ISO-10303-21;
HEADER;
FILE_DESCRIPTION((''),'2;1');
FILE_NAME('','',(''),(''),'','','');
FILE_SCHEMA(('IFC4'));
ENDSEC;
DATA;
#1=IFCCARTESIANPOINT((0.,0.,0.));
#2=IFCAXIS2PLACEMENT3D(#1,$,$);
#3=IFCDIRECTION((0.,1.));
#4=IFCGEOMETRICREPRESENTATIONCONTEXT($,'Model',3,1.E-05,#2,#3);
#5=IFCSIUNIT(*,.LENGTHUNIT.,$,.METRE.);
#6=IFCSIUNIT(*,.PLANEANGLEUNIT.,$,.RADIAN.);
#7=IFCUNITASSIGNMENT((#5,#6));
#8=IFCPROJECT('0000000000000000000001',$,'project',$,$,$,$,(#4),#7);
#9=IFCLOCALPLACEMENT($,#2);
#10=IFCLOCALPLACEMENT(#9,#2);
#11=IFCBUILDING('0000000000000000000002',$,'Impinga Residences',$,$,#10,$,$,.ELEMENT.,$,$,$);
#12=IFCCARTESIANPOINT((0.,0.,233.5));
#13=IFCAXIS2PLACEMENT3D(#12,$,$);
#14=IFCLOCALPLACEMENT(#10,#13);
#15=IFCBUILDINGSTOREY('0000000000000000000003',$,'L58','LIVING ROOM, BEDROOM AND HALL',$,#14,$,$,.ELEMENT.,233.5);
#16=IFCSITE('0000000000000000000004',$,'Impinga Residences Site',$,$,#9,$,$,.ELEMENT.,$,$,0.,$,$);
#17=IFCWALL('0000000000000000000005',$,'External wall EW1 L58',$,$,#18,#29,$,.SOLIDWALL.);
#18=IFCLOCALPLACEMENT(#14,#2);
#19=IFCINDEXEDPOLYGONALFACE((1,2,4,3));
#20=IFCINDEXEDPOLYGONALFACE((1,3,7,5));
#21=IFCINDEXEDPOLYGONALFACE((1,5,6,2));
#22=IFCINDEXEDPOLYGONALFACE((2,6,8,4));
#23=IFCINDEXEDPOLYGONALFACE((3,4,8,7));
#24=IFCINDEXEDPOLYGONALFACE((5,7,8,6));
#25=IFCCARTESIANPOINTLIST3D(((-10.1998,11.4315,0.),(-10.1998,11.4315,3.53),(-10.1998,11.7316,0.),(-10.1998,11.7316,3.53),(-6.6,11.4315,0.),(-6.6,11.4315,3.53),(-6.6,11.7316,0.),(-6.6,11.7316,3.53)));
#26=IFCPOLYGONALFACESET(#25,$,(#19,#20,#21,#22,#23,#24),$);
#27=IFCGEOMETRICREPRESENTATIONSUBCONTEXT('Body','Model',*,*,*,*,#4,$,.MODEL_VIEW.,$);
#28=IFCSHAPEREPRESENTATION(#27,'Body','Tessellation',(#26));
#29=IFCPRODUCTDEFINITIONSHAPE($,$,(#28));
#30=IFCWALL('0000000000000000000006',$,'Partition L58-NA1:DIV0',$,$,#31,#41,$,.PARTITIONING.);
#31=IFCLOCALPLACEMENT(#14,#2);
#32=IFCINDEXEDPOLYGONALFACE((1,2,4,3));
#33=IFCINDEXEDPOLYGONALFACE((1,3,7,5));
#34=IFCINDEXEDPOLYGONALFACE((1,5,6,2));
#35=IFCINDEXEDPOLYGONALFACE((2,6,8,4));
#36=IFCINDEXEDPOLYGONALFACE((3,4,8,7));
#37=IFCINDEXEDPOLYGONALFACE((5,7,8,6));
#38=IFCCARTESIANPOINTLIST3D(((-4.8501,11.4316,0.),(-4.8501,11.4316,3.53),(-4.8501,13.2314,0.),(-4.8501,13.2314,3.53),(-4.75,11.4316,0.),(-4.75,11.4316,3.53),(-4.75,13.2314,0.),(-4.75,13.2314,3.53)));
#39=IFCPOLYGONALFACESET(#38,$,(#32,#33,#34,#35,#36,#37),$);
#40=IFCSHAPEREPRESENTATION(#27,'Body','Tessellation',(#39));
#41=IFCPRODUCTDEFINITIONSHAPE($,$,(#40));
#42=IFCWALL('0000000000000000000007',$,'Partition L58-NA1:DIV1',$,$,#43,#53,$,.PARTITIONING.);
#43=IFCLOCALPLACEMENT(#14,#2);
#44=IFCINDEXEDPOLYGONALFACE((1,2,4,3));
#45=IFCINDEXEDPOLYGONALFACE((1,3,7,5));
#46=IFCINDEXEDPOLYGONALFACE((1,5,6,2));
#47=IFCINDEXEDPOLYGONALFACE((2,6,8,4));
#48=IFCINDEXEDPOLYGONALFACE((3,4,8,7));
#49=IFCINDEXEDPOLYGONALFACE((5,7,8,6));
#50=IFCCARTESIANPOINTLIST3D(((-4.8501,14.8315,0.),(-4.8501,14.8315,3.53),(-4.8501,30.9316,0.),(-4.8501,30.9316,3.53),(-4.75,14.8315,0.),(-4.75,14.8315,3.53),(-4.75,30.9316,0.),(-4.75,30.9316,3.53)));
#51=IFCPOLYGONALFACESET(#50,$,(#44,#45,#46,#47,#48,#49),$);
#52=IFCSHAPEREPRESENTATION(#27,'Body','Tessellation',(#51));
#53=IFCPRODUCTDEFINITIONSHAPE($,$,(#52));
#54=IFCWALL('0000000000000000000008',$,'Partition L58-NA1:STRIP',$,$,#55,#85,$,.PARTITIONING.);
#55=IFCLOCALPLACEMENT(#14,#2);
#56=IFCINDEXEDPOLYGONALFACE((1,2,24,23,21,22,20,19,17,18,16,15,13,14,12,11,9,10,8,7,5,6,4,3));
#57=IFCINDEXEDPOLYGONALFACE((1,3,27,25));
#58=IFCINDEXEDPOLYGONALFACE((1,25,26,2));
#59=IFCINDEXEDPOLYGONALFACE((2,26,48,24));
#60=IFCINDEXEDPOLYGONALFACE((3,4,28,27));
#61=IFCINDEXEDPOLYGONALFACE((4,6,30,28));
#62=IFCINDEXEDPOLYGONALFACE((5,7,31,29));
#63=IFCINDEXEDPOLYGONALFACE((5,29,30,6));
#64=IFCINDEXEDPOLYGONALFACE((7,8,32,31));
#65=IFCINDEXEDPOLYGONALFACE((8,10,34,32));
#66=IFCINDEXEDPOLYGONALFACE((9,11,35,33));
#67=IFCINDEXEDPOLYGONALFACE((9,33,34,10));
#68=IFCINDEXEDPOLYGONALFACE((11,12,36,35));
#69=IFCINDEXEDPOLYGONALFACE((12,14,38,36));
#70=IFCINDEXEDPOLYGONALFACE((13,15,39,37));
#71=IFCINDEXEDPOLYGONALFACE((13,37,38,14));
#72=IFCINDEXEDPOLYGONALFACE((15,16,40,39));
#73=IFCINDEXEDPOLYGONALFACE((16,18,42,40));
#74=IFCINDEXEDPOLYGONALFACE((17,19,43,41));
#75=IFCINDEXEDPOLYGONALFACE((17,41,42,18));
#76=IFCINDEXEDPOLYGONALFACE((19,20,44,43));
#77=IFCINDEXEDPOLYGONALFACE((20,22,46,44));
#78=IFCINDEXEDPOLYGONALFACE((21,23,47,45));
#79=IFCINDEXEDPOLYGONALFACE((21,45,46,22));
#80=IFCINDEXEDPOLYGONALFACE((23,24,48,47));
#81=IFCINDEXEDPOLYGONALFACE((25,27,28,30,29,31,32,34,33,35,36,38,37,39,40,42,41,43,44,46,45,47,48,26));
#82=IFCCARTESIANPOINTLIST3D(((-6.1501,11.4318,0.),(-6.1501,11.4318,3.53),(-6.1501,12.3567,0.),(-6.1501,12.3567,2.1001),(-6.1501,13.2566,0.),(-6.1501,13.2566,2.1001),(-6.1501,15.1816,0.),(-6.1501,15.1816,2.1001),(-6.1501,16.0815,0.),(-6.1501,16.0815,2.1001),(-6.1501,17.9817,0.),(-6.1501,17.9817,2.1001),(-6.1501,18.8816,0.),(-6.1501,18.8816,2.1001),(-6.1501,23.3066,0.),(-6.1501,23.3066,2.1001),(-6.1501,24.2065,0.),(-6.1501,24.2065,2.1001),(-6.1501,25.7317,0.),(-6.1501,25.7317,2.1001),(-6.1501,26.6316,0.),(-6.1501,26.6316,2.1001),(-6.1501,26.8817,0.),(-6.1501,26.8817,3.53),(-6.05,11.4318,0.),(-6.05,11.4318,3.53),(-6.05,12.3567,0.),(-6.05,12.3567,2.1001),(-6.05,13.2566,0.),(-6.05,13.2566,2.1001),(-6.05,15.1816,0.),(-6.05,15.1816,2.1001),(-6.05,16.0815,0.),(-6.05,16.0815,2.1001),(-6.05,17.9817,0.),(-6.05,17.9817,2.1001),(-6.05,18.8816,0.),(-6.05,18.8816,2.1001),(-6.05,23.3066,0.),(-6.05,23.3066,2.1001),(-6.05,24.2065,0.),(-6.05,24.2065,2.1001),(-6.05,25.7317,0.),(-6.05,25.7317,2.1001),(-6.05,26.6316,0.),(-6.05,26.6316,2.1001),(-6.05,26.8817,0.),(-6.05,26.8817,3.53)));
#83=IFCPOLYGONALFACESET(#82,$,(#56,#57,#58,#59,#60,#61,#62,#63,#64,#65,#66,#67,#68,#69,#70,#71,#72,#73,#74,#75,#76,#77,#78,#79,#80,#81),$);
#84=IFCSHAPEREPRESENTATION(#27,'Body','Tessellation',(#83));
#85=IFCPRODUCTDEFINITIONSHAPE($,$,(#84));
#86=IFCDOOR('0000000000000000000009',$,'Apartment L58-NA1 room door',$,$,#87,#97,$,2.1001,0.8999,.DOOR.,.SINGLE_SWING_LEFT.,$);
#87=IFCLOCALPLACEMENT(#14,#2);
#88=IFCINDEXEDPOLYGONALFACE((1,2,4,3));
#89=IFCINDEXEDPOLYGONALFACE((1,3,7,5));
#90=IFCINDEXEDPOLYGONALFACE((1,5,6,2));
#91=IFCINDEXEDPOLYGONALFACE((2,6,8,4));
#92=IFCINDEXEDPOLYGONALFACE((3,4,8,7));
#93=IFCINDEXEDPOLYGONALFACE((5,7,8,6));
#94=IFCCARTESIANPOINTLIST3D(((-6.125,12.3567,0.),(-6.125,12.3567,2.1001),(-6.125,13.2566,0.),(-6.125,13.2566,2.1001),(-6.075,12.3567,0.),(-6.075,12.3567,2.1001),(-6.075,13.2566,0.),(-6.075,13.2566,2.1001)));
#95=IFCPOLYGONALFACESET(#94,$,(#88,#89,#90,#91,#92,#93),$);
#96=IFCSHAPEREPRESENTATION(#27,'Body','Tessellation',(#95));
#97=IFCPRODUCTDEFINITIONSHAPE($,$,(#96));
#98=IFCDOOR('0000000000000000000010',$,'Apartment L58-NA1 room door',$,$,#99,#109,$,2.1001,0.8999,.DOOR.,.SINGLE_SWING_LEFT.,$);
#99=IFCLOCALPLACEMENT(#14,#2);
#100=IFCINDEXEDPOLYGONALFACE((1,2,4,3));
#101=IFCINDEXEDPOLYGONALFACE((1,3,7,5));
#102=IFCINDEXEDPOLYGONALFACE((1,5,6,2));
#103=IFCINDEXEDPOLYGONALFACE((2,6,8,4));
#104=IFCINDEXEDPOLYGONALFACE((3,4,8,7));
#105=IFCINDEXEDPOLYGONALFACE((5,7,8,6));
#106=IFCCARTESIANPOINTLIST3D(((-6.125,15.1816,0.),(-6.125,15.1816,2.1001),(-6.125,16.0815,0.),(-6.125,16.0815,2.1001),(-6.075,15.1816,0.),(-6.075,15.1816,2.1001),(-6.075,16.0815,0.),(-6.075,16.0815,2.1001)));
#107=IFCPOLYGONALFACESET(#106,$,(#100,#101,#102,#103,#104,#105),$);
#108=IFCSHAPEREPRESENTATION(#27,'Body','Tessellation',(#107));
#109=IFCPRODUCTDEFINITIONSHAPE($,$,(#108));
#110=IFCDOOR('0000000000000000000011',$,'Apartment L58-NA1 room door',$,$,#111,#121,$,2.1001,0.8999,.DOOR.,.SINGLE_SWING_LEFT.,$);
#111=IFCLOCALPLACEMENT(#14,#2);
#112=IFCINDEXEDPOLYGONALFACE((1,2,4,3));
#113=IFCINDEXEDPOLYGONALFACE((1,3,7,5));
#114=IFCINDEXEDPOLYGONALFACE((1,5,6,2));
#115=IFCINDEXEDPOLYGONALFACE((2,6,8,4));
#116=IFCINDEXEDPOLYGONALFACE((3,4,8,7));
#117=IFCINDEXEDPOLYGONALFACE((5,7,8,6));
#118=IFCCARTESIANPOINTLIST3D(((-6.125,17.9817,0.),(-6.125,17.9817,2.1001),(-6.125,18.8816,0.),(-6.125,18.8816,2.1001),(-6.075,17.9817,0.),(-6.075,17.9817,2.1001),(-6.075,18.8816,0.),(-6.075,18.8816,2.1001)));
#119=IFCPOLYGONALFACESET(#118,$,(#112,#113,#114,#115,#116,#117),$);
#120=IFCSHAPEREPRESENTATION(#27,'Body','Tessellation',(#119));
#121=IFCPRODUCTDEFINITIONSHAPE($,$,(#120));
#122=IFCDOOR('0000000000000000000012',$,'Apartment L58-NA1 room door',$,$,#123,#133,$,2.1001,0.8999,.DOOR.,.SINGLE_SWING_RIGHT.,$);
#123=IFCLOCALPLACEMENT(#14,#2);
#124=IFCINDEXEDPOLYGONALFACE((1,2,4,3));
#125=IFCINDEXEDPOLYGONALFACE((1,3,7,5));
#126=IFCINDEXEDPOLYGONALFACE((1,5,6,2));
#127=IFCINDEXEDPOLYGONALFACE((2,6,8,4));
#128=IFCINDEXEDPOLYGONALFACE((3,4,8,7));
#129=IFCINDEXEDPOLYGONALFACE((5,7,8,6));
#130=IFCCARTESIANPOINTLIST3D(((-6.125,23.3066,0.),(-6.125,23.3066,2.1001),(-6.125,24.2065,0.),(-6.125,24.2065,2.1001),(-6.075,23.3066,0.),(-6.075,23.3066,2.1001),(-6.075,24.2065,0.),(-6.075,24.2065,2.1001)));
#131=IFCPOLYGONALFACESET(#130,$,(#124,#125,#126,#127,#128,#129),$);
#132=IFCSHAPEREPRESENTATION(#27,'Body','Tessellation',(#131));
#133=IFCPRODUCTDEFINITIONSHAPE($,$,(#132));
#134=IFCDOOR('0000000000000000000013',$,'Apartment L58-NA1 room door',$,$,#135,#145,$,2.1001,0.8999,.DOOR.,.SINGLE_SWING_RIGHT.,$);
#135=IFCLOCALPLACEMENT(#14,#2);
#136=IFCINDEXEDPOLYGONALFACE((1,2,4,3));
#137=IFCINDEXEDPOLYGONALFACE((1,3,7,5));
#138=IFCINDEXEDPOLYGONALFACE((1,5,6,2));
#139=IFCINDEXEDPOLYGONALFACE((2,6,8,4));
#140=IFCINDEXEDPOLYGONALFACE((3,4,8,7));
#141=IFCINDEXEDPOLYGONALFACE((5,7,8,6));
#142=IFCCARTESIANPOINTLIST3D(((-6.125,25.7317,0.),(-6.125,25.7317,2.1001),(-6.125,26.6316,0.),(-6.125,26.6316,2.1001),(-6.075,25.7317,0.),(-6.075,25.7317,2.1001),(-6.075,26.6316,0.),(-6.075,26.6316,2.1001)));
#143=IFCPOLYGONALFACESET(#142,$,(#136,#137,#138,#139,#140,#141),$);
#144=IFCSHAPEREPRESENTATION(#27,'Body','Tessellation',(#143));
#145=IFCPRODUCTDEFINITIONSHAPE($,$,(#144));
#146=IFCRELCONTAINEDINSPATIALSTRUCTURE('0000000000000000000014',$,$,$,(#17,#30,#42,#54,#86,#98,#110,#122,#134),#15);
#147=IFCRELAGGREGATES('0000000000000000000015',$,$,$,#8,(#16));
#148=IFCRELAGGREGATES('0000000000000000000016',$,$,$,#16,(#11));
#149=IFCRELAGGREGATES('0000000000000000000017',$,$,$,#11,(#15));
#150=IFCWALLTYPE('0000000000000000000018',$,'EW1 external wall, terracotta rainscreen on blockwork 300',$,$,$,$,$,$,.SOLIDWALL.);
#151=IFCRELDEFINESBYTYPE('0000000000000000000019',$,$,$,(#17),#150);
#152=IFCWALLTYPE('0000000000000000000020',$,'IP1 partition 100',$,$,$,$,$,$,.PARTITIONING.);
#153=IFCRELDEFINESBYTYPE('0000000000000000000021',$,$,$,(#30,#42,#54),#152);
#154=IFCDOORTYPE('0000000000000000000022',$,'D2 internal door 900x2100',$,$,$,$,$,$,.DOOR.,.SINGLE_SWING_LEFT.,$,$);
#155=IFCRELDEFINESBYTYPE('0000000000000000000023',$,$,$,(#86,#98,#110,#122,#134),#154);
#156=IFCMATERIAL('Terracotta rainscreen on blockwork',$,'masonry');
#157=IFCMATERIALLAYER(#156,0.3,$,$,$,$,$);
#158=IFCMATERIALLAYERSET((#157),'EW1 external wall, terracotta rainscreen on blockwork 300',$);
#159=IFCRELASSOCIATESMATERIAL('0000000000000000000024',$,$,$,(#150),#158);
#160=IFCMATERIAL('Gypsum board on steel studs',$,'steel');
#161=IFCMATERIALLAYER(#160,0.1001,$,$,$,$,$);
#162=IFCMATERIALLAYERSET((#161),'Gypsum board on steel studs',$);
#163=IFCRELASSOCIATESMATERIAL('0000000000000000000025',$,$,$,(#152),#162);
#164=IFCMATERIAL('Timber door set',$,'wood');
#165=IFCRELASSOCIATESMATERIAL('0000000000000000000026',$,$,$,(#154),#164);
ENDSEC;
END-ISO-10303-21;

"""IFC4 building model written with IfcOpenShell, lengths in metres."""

from ifc_helpers import new_model, si_unit, direction, frame, frame_2d, origin, place, context, subcontext, project, spatial, rectangle, extrude, material, layer, layer_set, type_object, element, fill, save


model = new_model("IFC4")

# Units and contexts
model_context = context("Model", 3, precision=1e-05, world=origin(), true_north=direction((0.0, 1.0)))
body_context = subcontext(model_context, "Body", "Model", "MODEL_VIEW")
ifc_project = project(units=[si_unit("LENGTHUNIT", "METRE"), si_unit("PLANEANGLEUNIT", "RADIAN")], contexts=[model_context])

# Site, building, storey
site_placement = place(None, origin())
site = spatial("IfcSite", under=ifc_project, at=site_placement, Name="Impinga Residences Site", CompositionType="ELEMENT", RefElevation=0.0)
building_placement = place(site_placement, origin())
building = spatial("IfcBuilding", under=site, at=building_placement, Name="Impinga Residences", CompositionType="ELEMENT")
storey_placement = place(building_placement, frame((0.0, 0.0, 233.5)))
storey = spatial("IfcBuildingStorey", under=building, at=storey_placement, Name="L58", Description="LIVING ROOM, BEDROOM AND HALL", CompositionType="ELEMENT", Elevation=233.5)

# Walls
ifc_material_1 = material(Name="Terracotta rainscreen on blockwork", Category="masonry")
ifc_layer_1 = layer(ifc_material_1, 0.3)
ifc_layer_set_1 = layer_set([ifc_layer_1], Name="EW1 external wall, terracotta rainscreen on blockwork 300")
wall_type_1 = type_object("IfcWallType", Name="EW1 external wall, terracotta rainscreen on blockwork 300", PredefinedType="SOLIDWALL", material=ifc_layer_set_1)
wall_1_placement = place(storey_placement, frame((-6.6001, 11.5815, 0.0), z_axis=(0.0, 0.0, 1.0), x_axis=(-1.0, 0.0, 0.0)))
element("IfcWall", 1, at=wall_1_placement, inside=storey, type_object=wall_type_1, Name="External wall EW1 L58", PredefinedType="SOLIDWALL", context=body_context, shape_type="SweptSolid", body=[
    extrude(rectangle(XDim=3.5999, YDim=0.3, at=frame_2d((1.7998, 0.0))), origin(), (0.0, 0.0, 1.0), 3.53),
])
ifc_material_2 = material(Name="Gypsum board on steel studs", Category="steel")
ifc_layer_2 = layer(ifc_material_2, 0.1001)
ifc_layer_set_2 = layer_set([ifc_layer_2], Name="Gypsum board on steel studs")
wall_type_2 = type_object("IfcWallType", Name="IP1 partition 100", PredefinedType="PARTITIONING", material=ifc_layer_set_2)
wall_2_placement = place(storey_placement, frame((-4.8, 11.4316, 0.0), z_axis=(0.0, 0.0, 1.0), x_axis=(0.0, 1.0, 0.0)))
element("IfcWall", 2, at=wall_2_placement, inside=storey, type_object=wall_type_2, Name="Partition L58-NA1:DIV0", PredefinedType="PARTITIONING", context=body_context, shape_type="SweptSolid", body=[
    extrude(rectangle(XDim=1.7998, YDim=0.1001, at=frame_2d((0.8999, 0.0))), origin(), (0.0, 0.0, 1.0), 3.53),
])
wall_3_placement = place(storey_placement, frame((-4.8, 14.8315, 0.0), z_axis=(0.0, 0.0, 1.0), x_axis=(0.0, 1.0, 0.0)))
element("IfcWall", 3, at=wall_3_placement, inside=storey, type_object=wall_type_2, Name="Partition L58-NA1:DIV1", PredefinedType="PARTITIONING", context=body_context, shape_type="SweptSolid", body=[
    extrude(rectangle(XDim=16.1001, YDim=0.1001, at=frame_2d((8.05, 0.0))), origin(), (0.0, 0.0, 1.0), 3.53),
])

# Wall, openings, doors
wall_4_placement = place(storey_placement, frame((-6.1001, 11.4316, 0.0), z_axis=(0.0, 0.0, 1.0), x_axis=(0.0, 1.0, 0.0)))
wall_4 = element("IfcWall", 4, at=wall_4_placement, inside=storey, type_object=wall_type_2, Name="Partition L58-NA1:STRIP", PredefinedType="PARTITIONING", context=body_context, shape_type="SweptSolid", body=[
    extrude(rectangle(XDim=15.45, YDim=0.1001, at=frame_2d((7.7251, 0.0))), origin(), (0.0, 0.0, 1.0), 3.53),
])
opening_1_placement = place(wall_4_placement, frame((0.925, 0.0, 0.0)))
opening_1 = element("IfcOpeningElement", 5, at=opening_1_placement, cuts=wall_4, PredefinedType="OPENING", context=body_context, shape_type="SweptSolid", body=[
    extrude(rectangle(XDim=0.8999, YDim=2.1001, at=frame_2d((0.45, 1.05))), frame((0.0, 0.0601, 0.0), z_axis=(0.0, -1.0, 0.0), x_axis=(1.0, 0.0, 0.0)), (0.0, 0.0, 1.0), 0.1201),
])
opening_2_placement = place(wall_4_placement, frame((3.75, 0.0, 0.0)))
opening_2 = element("IfcOpeningElement", 6, at=opening_2_placement, cuts=wall_4, PredefinedType="OPENING", context=body_context, shape_type="SweptSolid", body=[
    extrude(rectangle(XDim=0.8999, YDim=2.1001, at=frame_2d((0.45, 1.05))), frame((0.0, 0.0601, 0.0), z_axis=(0.0, -1.0, 0.0), x_axis=(1.0, 0.0, 0.0)), (0.0, 0.0, 1.0), 0.1201),
])
opening_3_placement = place(wall_4_placement, frame((6.55, 0.0, 0.0)))
opening_3 = element("IfcOpeningElement", 7, at=opening_3_placement, cuts=wall_4, PredefinedType="OPENING", context=body_context, shape_type="SweptSolid", body=[
    extrude(rectangle(XDim=0.8999, YDim=2.1001, at=frame_2d((0.45, 1.05))), frame((0.0, 0.0601, 0.0), z_axis=(0.0, -1.0, 0.0), x_axis=(1.0, 0.0, 0.0)), (0.0, 0.0, 1.0), 0.1201),
])
opening_4_placement = place(wall_4_placement, frame((11.875, 0.0, 0.0)))
opening_4 = element("IfcOpeningElement", 8, at=opening_4_placement, cuts=wall_4, PredefinedType="OPENING", context=body_context, shape_type="SweptSolid", body=[
    extrude(rectangle(XDim=0.8999, YDim=2.1001, at=frame_2d((0.45, 1.05))), frame((0.0, 0.0601, 0.0), z_axis=(0.0, -1.0, 0.0), x_axis=(1.0, 0.0, 0.0)), (0.0, 0.0, 1.0), 0.1201),
])
opening_5_placement = place(wall_4_placement, frame((14.3, 0.0, 0.0)))
opening_5 = element("IfcOpeningElement", 9, at=opening_5_placement, cuts=wall_4, PredefinedType="OPENING", context=body_context, shape_type="SweptSolid", body=[
    extrude(rectangle(XDim=0.8999, YDim=2.1001, at=frame_2d((0.45, 1.05))), frame((0.0, 0.0601, 0.0), z_axis=(0.0, -1.0, 0.0), x_axis=(1.0, 0.0, 0.0)), (0.0, 0.0, 1.0), 0.1201),
])
ifc_material_3 = material(Name="Timber door set", Category="wood")
door_type = type_object("IfcDoorType", Name="D2 internal door 900x2100", OperationType="SINGLE_SWING_LEFT", PredefinedType="DOOR", material=ifc_material_3)
door_1_placement = place(opening_1_placement, origin())
door_1 = element("IfcDoor", 10, at=door_1_placement, inside=storey, type_object=door_type, Name="Apartment L58-NA1 room door", OperationType="SINGLE_SWING_LEFT", OverallHeight=2.1001, OverallWidth=0.8999, PredefinedType="DOOR", context=body_context, shape_type="SweptSolid", body=[
    extrude(rectangle(XDim=0.8999, YDim=2.1001, at=frame_2d((0.45, 1.05))), frame((0.0, 0.0249, 0.0), z_axis=(0.0, -1.0, 0.0), x_axis=(1.0, 0.0, 0.0)), (0.0, 0.0, 1.0), 0.05),
])
fill(opening_1, door_1)
door_2_placement = place(opening_2_placement, origin())
door_2 = element("IfcDoor", 11, at=door_2_placement, inside=storey, type_object=door_type, Name="Apartment L58-NA1 room door", OperationType="SINGLE_SWING_LEFT", OverallHeight=2.1001, OverallWidth=0.8999, PredefinedType="DOOR", context=body_context, shape_type="SweptSolid", body=[
    extrude(rectangle(XDim=0.8999, YDim=2.1001, at=frame_2d((0.45, 1.05))), frame((0.0, 0.0249, 0.0), z_axis=(0.0, -1.0, 0.0), x_axis=(1.0, 0.0, 0.0)), (0.0, 0.0, 1.0), 0.05),
])
fill(opening_2, door_2)
door_3_placement = place(opening_3_placement, origin())
door_3 = element("IfcDoor", 12, at=door_3_placement, inside=storey, type_object=door_type, Name="Apartment L58-NA1 room door", OperationType="SINGLE_SWING_LEFT", OverallHeight=2.1001, OverallWidth=0.8999, PredefinedType="DOOR", context=body_context, shape_type="SweptSolid", body=[
    extrude(rectangle(XDim=0.8999, YDim=2.1001, at=frame_2d((0.45, 1.05))), frame((0.0, 0.0249, 0.0), z_axis=(0.0, -1.0, 0.0), x_axis=(1.0, 0.0, 0.0)), (0.0, 0.0, 1.0), 0.05),
])
fill(opening_3, door_3)
door_4_placement = place(opening_4_placement, origin())
door_4 = element("IfcDoor", 13, at=door_4_placement, inside=storey, type_object=door_type, Name="Apartment L58-NA1 room door", OperationType="SINGLE_SWING_RIGHT", OverallHeight=2.1001, OverallWidth=0.8999, PredefinedType="DOOR", context=body_context, shape_type="SweptSolid", body=[
    extrude(rectangle(XDim=0.8999, YDim=2.1001, at=frame_2d((0.45, 1.05))), frame((0.0, 0.0249, 0.0), z_axis=(0.0, -1.0, 0.0), x_axis=(1.0, 0.0, 0.0)), (0.0, 0.0, 1.0), 0.05),
])
fill(opening_4, door_4)
door_5_placement = place(opening_5_placement, origin())
door_5 = element("IfcDoor", 14, at=door_5_placement, inside=storey, type_object=door_type, Name="Apartment L58-NA1 room door", OperationType="SINGLE_SWING_RIGHT", OverallHeight=2.1001, OverallWidth=0.8999, PredefinedType="DOOR", context=body_context, shape_type="SweptSolid", body=[
    extrude(rectangle(XDim=0.8999, YDim=2.1001, at=frame_2d((0.45, 1.05))), frame((0.0, 0.0249, 0.0), z_axis=(0.0, -1.0, 0.0), x_axis=(1.0, 0.0, 0.0)), (0.0, 0.0, 1.0), 0.05),
])
fill(opening_5, door_5)

save(model, "model.ifc")
